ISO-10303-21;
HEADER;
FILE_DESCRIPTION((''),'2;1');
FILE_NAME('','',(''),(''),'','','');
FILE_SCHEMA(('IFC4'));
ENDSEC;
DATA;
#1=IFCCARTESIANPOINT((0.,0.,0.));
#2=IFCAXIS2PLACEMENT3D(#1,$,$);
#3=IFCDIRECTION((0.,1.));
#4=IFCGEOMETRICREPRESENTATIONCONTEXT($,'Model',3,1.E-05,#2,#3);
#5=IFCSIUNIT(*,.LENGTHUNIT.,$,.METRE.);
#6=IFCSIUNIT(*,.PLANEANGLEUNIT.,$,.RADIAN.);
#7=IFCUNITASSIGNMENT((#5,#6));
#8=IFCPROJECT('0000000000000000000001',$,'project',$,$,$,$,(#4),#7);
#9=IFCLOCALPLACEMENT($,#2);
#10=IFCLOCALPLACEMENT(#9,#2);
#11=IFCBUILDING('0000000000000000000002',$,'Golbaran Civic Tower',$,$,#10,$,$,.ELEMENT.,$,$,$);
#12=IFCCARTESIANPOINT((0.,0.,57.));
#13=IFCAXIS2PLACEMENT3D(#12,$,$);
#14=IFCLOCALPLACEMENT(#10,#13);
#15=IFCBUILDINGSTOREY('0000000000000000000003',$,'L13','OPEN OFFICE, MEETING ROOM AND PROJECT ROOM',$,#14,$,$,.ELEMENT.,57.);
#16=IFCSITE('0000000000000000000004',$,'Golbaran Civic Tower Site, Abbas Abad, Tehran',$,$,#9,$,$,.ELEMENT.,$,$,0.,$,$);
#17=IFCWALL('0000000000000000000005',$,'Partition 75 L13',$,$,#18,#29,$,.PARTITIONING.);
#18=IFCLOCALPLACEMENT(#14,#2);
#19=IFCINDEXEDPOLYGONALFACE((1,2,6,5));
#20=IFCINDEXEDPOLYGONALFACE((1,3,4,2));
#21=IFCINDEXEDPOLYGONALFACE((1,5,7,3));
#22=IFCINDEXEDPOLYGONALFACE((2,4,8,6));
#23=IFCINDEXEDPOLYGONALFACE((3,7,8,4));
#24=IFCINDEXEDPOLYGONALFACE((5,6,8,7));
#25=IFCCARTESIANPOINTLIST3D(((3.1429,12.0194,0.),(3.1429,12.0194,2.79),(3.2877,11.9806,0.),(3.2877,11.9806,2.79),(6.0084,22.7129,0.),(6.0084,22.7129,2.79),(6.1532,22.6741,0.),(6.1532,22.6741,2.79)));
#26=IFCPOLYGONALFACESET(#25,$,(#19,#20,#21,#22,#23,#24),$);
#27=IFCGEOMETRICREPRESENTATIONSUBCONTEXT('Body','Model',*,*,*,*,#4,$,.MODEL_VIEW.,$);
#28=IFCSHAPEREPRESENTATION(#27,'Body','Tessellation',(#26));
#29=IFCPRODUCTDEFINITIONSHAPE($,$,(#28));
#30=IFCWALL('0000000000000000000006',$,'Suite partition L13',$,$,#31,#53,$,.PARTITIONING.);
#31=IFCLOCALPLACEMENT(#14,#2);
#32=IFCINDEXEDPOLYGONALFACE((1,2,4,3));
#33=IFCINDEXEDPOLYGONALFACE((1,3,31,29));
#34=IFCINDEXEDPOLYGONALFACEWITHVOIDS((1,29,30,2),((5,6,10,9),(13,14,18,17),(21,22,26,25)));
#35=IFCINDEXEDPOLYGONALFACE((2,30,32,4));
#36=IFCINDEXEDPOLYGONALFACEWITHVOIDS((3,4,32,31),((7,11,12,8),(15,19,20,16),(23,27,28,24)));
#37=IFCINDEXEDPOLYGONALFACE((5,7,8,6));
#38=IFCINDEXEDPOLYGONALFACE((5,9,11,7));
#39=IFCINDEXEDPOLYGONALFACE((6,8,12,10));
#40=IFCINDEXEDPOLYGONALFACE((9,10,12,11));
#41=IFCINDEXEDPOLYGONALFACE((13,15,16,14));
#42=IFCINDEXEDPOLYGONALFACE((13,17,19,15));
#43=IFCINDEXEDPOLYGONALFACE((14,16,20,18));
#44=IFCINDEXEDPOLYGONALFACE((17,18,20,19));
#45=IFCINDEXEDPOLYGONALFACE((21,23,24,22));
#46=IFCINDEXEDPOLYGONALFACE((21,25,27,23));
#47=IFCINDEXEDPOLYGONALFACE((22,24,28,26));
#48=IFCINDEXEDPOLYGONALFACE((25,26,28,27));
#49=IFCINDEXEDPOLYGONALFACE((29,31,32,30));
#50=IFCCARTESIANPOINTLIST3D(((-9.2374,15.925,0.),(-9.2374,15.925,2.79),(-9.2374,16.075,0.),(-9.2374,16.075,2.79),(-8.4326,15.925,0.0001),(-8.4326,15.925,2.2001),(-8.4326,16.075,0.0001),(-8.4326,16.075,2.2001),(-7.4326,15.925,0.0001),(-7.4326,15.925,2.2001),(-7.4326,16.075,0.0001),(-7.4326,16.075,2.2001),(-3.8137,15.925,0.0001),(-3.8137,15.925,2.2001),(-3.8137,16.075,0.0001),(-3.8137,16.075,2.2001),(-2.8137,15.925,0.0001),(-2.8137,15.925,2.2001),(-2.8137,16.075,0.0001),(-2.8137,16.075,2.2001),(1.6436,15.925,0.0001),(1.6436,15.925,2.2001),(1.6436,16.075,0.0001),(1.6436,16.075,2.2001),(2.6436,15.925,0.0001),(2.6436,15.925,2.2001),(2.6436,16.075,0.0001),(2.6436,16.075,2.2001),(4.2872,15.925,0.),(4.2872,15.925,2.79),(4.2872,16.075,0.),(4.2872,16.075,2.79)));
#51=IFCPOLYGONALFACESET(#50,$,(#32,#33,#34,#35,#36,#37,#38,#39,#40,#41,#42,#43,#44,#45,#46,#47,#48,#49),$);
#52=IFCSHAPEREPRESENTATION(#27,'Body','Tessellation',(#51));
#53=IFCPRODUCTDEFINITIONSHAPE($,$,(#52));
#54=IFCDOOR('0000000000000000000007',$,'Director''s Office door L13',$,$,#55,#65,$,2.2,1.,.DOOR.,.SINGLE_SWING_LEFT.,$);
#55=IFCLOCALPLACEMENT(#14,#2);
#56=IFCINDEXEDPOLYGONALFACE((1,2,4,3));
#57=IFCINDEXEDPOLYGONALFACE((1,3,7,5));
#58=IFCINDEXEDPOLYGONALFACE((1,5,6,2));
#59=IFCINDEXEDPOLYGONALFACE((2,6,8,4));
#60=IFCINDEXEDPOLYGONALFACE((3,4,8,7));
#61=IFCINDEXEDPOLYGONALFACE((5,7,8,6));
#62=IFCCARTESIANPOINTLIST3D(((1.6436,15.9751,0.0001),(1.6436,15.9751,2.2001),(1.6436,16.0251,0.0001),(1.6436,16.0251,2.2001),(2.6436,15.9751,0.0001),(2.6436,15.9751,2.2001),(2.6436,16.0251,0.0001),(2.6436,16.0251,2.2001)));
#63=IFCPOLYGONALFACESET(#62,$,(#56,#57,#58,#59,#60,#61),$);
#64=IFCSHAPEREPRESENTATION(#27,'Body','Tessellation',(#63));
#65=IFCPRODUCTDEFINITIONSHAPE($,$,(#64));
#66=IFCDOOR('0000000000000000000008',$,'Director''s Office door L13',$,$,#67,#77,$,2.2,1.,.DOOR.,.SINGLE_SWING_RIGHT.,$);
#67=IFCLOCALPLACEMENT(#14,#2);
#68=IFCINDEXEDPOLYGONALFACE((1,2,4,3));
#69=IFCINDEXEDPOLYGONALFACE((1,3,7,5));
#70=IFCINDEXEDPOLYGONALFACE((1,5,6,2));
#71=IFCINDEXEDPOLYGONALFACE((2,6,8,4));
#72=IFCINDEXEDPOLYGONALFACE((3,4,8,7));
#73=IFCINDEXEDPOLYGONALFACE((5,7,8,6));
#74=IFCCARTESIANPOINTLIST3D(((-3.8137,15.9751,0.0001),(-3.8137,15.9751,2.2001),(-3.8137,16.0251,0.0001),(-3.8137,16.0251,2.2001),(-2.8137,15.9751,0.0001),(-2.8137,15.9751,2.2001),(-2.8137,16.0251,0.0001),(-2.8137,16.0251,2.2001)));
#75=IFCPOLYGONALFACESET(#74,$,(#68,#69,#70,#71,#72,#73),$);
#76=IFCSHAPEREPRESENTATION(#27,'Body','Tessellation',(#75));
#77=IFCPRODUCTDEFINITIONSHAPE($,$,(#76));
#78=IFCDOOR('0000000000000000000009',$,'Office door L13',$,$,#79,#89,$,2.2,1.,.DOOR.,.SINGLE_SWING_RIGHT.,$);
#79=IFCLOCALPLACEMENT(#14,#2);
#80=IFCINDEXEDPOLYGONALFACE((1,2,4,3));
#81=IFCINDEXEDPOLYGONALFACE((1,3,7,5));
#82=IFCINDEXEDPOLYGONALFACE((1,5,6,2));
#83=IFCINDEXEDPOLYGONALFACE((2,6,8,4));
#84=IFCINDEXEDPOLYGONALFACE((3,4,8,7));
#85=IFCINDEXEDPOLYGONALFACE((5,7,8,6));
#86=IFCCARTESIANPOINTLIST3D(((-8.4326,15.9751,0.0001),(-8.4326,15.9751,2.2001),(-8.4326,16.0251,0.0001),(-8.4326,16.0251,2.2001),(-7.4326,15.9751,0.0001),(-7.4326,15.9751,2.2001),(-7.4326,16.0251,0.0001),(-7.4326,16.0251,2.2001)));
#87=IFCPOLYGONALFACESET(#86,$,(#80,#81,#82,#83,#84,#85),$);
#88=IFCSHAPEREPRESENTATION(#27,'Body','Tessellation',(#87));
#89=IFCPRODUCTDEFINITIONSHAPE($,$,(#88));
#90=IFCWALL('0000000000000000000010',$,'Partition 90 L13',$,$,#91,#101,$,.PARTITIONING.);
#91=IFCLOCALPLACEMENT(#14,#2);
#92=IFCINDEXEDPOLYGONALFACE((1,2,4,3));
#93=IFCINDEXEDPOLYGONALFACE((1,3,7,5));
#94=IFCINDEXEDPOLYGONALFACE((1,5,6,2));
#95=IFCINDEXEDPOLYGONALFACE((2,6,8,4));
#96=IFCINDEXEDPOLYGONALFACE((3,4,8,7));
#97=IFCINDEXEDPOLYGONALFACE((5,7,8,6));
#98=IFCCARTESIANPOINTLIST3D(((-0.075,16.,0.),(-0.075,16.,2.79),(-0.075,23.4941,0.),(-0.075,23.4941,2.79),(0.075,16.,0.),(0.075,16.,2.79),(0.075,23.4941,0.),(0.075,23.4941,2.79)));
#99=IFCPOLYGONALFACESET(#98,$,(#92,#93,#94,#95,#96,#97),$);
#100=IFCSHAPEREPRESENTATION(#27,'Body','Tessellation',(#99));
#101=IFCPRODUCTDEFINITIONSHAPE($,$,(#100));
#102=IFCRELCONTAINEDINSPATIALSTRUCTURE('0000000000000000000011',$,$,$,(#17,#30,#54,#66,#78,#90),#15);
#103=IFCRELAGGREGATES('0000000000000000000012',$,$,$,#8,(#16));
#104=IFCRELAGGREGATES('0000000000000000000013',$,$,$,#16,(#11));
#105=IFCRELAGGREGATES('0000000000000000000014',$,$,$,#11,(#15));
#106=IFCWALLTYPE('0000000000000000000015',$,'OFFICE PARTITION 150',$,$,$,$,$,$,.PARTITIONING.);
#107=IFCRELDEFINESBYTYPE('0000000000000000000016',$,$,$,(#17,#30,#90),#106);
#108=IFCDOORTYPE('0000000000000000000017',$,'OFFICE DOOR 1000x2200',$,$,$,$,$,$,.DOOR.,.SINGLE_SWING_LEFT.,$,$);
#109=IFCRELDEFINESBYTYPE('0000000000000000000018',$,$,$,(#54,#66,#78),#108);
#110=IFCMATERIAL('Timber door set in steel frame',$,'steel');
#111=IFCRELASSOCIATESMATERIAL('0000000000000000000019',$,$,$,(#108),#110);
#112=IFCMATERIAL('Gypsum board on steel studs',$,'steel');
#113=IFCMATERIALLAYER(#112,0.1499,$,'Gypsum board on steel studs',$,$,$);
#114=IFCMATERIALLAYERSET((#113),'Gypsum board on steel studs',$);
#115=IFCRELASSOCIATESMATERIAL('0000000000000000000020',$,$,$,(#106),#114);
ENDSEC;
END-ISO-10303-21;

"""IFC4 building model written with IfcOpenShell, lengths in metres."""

from ifc_helpers import new_model, si_unit, direction, frame, frame_2d, origin, place, context, subcontext, project, spatial, rectangle, extrude, material, layer, layer_set, type_object, element, fill, save


model = new_model("IFC4")

# Units and contexts
model_context = context("Model", 3, precision=1e-05, world=origin(), true_north=direction((0.0, 1.0)))
body_context = subcontext(model_context, "Body", "Model", "MODEL_VIEW")
ifc_project = project(units=[si_unit("LENGTHUNIT", "METRE"), si_unit("PLANEANGLEUNIT", "RADIAN")], contexts=[model_context])

# Site, building, storey
site_placement = place(None, origin())
site = spatial("IfcSite", under=ifc_project, at=site_placement, Name="Golbaran Civic Tower Site, Abbas Abad, Tehran", CompositionType="ELEMENT", RefElevation=0.0)
building_placement = place(site_placement, origin())
building = spatial("IfcBuilding", under=site, at=building_placement, Name="Golbaran Civic Tower", CompositionType="ELEMENT")
storey_placement = place(building_placement, frame((0.0, 0.0, 57.0)))
storey = spatial("IfcBuildingStorey", under=building, at=storey_placement, Name="L13", Description="OPEN OFFICE, MEETING ROOM AND PROJECT ROOM", CompositionType="ELEMENT", Elevation=57.0)

# Shared definitions
ifc_material_1 = material(Name="Timber door set in steel frame", Category="steel")
door_type_1 = type_object("IfcDoorType", Name="OFFICE DOOR 1000x2200", OperationType="SINGLE_SWING_LEFT", PredefinedType="DOOR", material=ifc_material_1)

# Wall
ifc_material_2 = material(Name="Gypsum board on steel studs", Category="steel")
ifc_layer_1 = layer(ifc_material_2, 0.1499, Name="Gypsum board on steel studs")
ifc_layer_set_1 = layer_set([ifc_layer_1], Name="Gypsum board on steel studs")
wall_type_1 = type_object("IfcWallType", Name="OFFICE PARTITION 150", PredefinedType="PARTITIONING", material=ifc_layer_set_1)
wall_1_placement = place(storey_placement, frame((3.2153, 12.0, 0.0), z_axis=(0.0, 0.0, 1.0), x_axis=(0.258831, 0.965923, 0.0)))
element("IfcWall", 1, at=wall_1_placement, inside=storey, type_object=wall_type_1, Name="Partition 75 L13", PredefinedType="PARTITIONING", context=body_context, shape_type="SweptSolid", body=[
    extrude(rectangle(XDim=11.0708, YDim=0.1499, at=frame_2d((5.5354, 0.0))), origin(), (0.0, 0.0, 1.0), 2.79),
])

# Wall, openings, doors
wall_2_placement = place(storey_placement, frame((4.2871, 16.0, 0.0), z_axis=(0.0, 0.0, 1.0), x_axis=(-1.0, 0.0, 0.0)))
wall_2 = element("IfcWall", 2, at=wall_2_placement, inside=storey, type_object=wall_type_1, Name="Suite partition L13", PredefinedType="PARTITIONING", context=body_context, shape_type="SweptSolid", body=[
    extrude(rectangle(XDim=13.5247, YDim=0.1499, at=frame_2d((6.7622, 0.0))), origin(), (0.0, 0.0, 1.0), 2.79),
])
opening_1_placement = place(wall_2_placement, frame((1.6436, 0.0, 0.0)))
opening_1 = element("IfcOpeningElement", 3, at=opening_1_placement, cuts=wall_2, PredefinedType="OPENING", context=body_context, shape_type="SweptSolid", body=[
    extrude(rectangle(XDim=1.0, YDim=2.2, at=frame_2d((0.5, 1.1001))), frame((0.0, 0.085, 0.0), z_axis=(0.0, -1.0, 0.0), x_axis=(1.0, 0.0, 0.0)), (0.0, 0.0, 1.0), 0.1699),
])
opening_2_placement = place(wall_2_placement, frame((7.1008, 0.0, 0.0)))
opening_2 = element("IfcOpeningElement", 4, at=opening_2_placement, cuts=wall_2, PredefinedType="OPENING", context=body_context, shape_type="SweptSolid", body=[
    extrude(rectangle(XDim=1.0, YDim=2.2, at=frame_2d((0.5, 1.1001))), frame((0.0, 0.085, 0.0), z_axis=(0.0, -1.0, 0.0), x_axis=(1.0, 0.0, 0.0)), (0.0, 0.0, 1.0), 0.1699),
])
opening_3_placement = place(wall_2_placement, frame((11.7197, 0.0, 0.0)))
opening_3 = element("IfcOpeningElement", 5, at=opening_3_placement, cuts=wall_2, PredefinedType="OPENING", context=body_context, shape_type="SweptSolid", body=[
    extrude(rectangle(XDim=1.0, YDim=2.2, at=frame_2d((0.5, 1.1001))), frame((0.0, 0.085, 0.0), z_axis=(0.0, -1.0, 0.0), x_axis=(1.0, 0.0, 0.0)), (0.0, 0.0, 1.0), 0.1699),
])
door_1_placement = place(opening_1_placement, origin())
door_1 = element("IfcDoor", 6, at=door_1_placement, inside=storey, type_object=door_type_1, Name="Director's Office door L13", OperationType="SINGLE_SWING_LEFT", OverallHeight=2.2, OverallWidth=1.0, PredefinedType="DOOR", context=body_context, shape_type="SweptSolid", body=[
    extrude(rectangle(XDim=1.0, YDim=2.2, at=frame_2d((0.5, 1.1001))), frame((0.0, 0.0249, 0.0), z_axis=(0.0, -1.0, 0.0), x_axis=(1.0, 0.0, 0.0)), (0.0, 0.0, 1.0), 0.05),
])
fill(opening_1, door_1)
door_2_placement = place(opening_2_placement, origin())
door_2 = element("IfcDoor", 7, at=door_2_placement, inside=storey, type_object=door_type_1, Name="Director's Office door L13", OperationType="SINGLE_SWING_RIGHT", OverallHeight=2.2, OverallWidth=1.0, PredefinedType="DOOR", context=body_context, shape_type="SweptSolid", body=[
    extrude(rectangle(XDim=1.0, YDim=2.2, at=frame_2d((0.5, 1.1001))), frame((0.0, 0.0249, 0.0), z_axis=(0.0, -1.0, 0.0), x_axis=(1.0, 0.0, 0.0)), (0.0, 0.0, 1.0), 0.05),
])
fill(opening_2, door_2)
door_3_placement = place(opening_3_placement, origin())
door_3 = element("IfcDoor", 8, at=door_3_placement, inside=storey, type_object=door_type_1, Name="Office door L13", OperationType="SINGLE_SWING_RIGHT", OverallHeight=2.2, OverallWidth=1.0, PredefinedType="DOOR", context=body_context, shape_type="SweptSolid", body=[
    extrude(rectangle(XDim=1.0, YDim=2.2, at=frame_2d((0.5, 1.1001))), frame((0.0, 0.0249, 0.0), z_axis=(0.0, -1.0, 0.0), x_axis=(1.0, 0.0, 0.0)), (0.0, 0.0, 1.0), 0.05),
])
fill(opening_3, door_3)

# Wall
wall_3_placement = place(storey_placement, frame((0.0, 16.0, 0.0), z_axis=(0.0, 0.0, 1.0), x_axis=(0.0, 1.0, 0.0)))
element("IfcWall", 9, at=wall_3_placement, inside=storey, type_object=wall_type_1, Name="Partition 90 L13", PredefinedType="PARTITIONING", context=body_context, shape_type="SweptSolid", body=[
    extrude(rectangle(XDim=7.4941, YDim=0.1499, at=frame_2d((3.7471, 0.0))), origin(), (0.0, 0.0, 1.0), 2.79),
])

save(model, "model.ifc")
